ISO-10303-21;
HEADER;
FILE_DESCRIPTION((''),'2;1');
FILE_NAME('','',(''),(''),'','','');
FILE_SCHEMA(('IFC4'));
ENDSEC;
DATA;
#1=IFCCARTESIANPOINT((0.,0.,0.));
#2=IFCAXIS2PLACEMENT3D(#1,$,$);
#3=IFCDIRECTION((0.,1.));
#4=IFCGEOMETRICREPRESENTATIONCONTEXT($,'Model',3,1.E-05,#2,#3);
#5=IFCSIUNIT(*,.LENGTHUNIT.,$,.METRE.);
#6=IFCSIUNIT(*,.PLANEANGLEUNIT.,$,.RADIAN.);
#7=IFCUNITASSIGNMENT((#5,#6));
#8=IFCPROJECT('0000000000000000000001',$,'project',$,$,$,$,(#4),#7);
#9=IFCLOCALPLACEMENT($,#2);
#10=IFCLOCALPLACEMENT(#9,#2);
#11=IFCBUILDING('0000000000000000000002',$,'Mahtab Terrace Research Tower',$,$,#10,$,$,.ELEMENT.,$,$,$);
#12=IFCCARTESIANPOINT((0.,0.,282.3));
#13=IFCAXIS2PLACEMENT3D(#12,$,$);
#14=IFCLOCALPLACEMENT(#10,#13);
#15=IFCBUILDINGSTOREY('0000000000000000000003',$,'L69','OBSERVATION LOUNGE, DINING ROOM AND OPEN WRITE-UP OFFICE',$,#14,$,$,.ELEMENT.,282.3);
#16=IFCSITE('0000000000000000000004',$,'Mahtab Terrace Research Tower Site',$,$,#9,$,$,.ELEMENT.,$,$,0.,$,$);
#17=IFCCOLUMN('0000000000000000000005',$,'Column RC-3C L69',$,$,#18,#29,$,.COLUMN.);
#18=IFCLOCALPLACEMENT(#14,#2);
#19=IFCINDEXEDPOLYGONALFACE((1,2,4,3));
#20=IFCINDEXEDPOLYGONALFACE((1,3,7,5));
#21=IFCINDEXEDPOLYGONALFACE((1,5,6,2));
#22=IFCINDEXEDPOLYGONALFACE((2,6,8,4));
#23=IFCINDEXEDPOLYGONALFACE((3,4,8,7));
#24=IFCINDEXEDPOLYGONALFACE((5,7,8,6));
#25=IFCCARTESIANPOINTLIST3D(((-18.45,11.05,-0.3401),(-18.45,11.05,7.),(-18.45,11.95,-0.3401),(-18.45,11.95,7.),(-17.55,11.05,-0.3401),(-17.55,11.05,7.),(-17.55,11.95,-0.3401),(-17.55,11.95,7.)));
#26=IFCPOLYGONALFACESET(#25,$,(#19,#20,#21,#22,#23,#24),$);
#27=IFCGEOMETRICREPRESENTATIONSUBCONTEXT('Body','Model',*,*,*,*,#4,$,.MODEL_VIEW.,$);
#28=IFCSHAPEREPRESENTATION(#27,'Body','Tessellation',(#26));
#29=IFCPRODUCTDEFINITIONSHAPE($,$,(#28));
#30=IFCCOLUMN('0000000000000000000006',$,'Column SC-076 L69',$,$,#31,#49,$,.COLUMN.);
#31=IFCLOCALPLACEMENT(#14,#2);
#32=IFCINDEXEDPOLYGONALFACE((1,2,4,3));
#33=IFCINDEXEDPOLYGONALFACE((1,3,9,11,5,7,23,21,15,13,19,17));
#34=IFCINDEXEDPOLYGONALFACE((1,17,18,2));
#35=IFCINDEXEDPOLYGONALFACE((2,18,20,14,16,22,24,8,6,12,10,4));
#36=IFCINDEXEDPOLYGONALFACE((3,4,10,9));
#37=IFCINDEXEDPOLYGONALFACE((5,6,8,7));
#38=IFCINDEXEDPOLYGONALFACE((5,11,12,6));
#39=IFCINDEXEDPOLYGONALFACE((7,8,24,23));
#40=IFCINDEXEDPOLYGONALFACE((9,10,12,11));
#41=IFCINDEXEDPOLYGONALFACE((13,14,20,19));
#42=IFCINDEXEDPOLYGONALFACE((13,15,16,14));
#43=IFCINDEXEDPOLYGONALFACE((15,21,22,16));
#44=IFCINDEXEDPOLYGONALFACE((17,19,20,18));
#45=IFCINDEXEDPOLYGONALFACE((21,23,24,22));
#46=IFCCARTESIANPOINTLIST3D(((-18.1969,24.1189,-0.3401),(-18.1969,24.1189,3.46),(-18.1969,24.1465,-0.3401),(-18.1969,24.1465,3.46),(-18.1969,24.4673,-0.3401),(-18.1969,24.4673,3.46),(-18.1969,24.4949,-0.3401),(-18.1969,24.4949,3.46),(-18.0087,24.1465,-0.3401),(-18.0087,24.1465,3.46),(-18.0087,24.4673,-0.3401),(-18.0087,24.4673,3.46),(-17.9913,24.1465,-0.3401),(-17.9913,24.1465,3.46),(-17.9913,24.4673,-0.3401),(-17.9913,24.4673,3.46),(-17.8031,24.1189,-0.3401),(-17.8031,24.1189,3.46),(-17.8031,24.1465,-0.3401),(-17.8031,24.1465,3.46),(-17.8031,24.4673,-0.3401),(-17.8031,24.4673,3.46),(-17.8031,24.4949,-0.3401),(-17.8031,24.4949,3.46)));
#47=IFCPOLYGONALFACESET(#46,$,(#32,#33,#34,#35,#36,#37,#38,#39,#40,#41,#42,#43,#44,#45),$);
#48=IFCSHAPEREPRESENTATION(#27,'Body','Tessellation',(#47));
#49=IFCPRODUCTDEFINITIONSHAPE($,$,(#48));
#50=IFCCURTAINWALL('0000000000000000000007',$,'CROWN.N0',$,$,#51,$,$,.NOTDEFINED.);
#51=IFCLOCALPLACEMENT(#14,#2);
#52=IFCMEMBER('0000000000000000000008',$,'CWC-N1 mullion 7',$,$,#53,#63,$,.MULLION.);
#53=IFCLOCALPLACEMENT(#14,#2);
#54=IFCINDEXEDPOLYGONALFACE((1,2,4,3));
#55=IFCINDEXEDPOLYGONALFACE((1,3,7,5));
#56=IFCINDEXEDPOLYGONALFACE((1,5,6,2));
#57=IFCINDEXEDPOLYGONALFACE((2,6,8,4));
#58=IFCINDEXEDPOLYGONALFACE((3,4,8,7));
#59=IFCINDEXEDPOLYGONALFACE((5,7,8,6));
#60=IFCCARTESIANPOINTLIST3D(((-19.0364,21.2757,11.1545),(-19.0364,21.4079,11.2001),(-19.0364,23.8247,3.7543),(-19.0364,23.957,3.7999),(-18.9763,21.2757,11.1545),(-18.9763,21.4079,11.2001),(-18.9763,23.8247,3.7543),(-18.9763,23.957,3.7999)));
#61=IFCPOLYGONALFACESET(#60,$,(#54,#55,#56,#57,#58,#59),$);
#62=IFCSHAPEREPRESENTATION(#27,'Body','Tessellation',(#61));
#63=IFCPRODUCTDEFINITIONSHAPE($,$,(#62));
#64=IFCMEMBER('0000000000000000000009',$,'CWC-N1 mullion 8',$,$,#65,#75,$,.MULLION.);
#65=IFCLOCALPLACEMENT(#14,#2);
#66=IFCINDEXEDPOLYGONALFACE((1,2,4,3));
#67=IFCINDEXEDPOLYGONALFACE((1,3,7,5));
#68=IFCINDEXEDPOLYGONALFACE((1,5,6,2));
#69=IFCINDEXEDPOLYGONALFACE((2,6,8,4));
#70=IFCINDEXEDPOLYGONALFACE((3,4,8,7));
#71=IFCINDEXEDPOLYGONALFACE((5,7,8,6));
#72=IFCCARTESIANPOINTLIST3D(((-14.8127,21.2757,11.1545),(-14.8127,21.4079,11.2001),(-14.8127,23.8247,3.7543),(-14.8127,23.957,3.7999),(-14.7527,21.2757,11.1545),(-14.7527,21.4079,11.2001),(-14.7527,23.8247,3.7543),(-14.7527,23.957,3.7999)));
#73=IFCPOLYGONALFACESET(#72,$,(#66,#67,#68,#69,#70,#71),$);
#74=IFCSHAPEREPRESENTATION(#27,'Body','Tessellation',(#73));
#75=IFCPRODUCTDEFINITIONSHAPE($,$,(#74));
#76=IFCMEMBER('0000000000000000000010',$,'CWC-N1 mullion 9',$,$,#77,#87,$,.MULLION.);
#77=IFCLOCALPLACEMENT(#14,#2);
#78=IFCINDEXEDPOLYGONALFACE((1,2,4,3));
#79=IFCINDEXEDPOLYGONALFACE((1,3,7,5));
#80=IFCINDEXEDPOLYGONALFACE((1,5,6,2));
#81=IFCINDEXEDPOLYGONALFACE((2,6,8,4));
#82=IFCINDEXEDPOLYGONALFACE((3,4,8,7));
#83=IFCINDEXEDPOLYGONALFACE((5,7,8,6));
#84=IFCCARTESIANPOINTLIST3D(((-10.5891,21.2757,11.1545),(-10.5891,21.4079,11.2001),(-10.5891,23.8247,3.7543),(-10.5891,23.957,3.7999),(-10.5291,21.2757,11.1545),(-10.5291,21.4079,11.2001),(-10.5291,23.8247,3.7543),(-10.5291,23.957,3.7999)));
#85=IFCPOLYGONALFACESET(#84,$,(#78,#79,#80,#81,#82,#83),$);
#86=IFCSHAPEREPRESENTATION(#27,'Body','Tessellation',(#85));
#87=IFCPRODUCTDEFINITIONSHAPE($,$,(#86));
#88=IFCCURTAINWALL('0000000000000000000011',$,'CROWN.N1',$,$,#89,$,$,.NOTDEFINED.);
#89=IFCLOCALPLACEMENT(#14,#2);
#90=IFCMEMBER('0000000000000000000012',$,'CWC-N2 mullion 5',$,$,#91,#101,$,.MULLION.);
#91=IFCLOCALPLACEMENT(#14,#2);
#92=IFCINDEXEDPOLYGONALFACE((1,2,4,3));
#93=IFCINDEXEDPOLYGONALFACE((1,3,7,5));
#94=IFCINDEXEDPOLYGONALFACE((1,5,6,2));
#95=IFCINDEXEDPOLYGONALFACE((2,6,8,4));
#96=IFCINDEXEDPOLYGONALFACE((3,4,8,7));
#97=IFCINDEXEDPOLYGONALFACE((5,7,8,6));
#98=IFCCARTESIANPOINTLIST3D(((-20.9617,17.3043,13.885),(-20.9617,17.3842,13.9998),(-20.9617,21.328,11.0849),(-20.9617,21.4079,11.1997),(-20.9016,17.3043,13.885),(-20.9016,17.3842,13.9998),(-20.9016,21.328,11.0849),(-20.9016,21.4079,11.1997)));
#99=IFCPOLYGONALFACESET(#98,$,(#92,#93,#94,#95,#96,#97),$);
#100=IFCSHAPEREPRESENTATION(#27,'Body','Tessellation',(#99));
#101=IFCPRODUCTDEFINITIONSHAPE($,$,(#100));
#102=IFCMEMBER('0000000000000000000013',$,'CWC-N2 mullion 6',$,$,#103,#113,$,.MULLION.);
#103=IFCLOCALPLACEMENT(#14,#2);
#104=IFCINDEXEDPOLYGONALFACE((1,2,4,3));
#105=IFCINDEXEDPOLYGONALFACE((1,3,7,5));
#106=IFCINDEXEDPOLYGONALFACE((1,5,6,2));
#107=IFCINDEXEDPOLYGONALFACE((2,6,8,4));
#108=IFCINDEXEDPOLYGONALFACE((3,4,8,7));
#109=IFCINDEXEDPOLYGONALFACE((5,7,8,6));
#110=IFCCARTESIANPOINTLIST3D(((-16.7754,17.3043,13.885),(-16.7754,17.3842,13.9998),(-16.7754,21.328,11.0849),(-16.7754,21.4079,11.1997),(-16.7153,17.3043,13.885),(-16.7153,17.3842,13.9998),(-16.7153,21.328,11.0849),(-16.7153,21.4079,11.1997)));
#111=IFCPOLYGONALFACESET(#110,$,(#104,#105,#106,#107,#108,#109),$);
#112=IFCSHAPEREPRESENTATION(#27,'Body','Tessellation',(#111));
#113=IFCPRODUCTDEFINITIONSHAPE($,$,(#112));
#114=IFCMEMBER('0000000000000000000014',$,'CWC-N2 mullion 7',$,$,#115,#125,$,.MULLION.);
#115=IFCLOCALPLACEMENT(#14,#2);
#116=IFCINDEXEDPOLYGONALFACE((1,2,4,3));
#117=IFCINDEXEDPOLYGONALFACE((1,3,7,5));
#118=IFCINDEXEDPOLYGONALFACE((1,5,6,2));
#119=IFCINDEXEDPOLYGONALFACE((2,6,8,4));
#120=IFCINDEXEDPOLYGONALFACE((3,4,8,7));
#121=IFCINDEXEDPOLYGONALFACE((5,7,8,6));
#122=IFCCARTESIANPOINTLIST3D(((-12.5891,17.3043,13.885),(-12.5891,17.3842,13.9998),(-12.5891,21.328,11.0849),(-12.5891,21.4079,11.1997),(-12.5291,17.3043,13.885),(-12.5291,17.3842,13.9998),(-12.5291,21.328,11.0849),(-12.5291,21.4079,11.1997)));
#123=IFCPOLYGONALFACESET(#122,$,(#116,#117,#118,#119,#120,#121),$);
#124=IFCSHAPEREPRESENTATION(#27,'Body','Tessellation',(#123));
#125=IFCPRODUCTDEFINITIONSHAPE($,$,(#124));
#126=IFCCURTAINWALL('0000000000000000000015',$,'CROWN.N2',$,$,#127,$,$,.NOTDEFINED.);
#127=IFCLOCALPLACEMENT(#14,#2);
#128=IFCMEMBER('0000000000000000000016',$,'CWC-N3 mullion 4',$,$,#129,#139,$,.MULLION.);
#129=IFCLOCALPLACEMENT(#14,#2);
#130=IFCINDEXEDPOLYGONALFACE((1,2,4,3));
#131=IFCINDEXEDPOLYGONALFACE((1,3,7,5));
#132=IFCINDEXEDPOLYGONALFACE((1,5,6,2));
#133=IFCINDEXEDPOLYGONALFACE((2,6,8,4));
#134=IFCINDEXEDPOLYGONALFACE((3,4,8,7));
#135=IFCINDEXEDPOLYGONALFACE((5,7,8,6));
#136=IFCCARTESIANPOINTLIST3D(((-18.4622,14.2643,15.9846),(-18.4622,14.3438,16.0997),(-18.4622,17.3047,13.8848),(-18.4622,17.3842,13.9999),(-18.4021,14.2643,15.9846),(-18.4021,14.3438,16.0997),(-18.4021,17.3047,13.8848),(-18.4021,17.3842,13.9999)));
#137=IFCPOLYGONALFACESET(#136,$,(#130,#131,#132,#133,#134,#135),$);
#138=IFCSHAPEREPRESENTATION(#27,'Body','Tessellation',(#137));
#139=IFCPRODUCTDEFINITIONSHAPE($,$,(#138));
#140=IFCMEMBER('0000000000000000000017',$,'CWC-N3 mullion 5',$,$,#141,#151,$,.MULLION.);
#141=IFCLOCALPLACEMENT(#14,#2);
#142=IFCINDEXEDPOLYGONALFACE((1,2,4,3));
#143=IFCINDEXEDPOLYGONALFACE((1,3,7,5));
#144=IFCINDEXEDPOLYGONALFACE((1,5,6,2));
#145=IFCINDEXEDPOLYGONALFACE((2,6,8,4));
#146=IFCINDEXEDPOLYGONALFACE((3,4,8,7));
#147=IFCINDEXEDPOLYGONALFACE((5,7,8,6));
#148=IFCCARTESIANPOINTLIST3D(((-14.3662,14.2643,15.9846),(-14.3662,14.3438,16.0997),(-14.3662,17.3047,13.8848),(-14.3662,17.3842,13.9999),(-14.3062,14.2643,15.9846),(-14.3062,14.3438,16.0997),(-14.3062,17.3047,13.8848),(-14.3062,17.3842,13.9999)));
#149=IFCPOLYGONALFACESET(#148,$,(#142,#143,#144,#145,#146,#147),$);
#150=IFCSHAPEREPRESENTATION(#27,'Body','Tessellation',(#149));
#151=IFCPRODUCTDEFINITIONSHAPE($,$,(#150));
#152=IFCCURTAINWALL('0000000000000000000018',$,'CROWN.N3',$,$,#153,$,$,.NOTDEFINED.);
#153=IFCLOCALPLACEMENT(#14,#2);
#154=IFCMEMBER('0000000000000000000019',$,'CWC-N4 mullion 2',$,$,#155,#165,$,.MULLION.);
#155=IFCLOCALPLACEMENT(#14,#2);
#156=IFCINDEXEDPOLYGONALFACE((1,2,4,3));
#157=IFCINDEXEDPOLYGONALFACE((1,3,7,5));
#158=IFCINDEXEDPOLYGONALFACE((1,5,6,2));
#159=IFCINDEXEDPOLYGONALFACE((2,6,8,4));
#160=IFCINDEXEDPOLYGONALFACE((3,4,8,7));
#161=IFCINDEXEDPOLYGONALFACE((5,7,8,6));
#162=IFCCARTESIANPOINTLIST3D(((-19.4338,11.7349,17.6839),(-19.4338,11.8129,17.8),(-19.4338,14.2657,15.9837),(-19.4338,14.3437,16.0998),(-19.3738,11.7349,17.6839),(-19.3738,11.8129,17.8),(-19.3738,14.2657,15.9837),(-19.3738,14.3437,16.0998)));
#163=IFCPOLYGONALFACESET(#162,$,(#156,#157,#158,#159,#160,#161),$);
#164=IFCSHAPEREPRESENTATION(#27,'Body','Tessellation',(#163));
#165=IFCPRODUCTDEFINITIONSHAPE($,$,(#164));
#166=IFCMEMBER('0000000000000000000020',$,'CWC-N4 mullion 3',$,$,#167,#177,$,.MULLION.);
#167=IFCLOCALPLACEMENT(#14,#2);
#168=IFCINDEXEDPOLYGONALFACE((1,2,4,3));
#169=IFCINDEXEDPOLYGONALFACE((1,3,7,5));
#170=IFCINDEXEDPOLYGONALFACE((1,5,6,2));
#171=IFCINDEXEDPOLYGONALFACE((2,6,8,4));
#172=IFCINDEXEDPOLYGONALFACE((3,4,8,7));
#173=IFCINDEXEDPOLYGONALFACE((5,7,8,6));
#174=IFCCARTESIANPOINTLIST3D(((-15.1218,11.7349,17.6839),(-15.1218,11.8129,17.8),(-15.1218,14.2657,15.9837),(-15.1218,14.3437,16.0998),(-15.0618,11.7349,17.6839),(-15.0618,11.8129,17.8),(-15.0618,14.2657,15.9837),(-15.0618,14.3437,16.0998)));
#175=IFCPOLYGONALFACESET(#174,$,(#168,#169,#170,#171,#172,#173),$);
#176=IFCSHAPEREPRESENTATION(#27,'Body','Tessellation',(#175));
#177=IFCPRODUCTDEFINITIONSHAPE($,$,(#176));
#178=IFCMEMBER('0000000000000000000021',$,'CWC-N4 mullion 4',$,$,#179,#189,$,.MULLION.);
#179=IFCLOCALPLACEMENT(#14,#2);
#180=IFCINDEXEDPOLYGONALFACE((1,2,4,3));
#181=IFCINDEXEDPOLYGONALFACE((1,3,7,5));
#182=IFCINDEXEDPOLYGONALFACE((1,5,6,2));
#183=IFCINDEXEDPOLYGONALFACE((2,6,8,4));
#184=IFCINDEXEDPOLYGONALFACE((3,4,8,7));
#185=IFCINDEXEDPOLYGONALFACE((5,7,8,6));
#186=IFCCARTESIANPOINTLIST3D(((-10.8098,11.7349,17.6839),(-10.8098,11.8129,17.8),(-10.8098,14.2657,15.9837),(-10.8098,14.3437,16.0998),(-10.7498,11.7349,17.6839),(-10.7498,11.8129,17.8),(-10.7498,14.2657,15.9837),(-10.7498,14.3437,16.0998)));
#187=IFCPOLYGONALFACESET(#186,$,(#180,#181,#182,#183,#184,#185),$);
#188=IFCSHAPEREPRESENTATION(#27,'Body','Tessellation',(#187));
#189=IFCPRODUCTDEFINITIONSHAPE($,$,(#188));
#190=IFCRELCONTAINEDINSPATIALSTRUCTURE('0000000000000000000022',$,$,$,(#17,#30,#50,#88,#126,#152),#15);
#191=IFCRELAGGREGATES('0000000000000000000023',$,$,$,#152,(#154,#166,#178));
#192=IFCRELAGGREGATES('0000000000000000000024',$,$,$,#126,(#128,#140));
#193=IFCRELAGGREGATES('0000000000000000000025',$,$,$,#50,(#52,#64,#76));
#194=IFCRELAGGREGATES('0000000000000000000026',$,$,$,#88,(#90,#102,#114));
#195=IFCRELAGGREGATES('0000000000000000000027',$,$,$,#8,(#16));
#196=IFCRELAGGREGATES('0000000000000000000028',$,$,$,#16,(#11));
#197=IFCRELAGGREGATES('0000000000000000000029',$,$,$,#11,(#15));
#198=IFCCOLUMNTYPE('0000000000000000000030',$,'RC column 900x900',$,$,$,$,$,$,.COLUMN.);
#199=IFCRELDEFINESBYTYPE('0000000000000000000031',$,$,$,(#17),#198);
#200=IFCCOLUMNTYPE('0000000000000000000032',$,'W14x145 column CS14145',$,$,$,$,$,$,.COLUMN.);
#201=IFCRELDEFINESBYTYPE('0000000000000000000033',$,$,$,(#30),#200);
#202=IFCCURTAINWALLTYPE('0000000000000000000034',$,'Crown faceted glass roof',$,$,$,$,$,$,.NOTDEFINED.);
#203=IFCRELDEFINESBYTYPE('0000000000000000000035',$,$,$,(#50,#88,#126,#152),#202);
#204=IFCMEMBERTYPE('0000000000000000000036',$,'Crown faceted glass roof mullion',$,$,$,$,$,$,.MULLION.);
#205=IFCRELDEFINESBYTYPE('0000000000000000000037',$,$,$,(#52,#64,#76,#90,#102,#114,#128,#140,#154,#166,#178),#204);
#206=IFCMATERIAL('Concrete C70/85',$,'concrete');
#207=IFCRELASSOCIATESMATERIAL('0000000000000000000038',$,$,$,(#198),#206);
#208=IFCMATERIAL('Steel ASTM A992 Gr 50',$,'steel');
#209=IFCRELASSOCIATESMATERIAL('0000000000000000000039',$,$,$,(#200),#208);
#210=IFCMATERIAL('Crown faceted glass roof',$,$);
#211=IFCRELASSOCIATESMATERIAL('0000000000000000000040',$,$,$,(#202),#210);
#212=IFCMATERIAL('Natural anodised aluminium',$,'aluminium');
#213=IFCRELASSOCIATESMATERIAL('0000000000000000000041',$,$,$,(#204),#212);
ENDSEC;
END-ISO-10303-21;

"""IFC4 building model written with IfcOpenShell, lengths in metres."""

from ifc_helpers import new_model, si_unit, direction, frame, origin, origin_2d, place, context, subcontext, project, spatial, rectangle, i_section, extrude, material, material_profile, profile_set, type_object, element, aggregate, save


model = new_model("IFC4")

# Units and contexts
model_context = context("Model", 3, precision=1e-05, world=origin(), true_north=direction((0.0, 1.0)))
body_context = subcontext(model_context, "Body", "Model", "MODEL_VIEW")
ifc_project = project(units=[si_unit("LENGTHUNIT", "METRE"), si_unit("PLANEANGLEUNIT", "RADIAN")], contexts=[model_context])

# Site, building, storey
site_placement = place(None, origin())
site = spatial("IfcSite", under=ifc_project, at=site_placement, Name="Mahtab Terrace Research Tower Site", CompositionType="ELEMENT", RefElevation=0.0)
building_placement = place(site_placement, origin())
building = spatial("IfcBuilding", under=site, at=building_placement, Name="Mahtab Terrace Research Tower", CompositionType="ELEMENT")
storey_placement = place(building_placement, frame((0.0, 0.0, 282.3)))
storey = spatial("IfcBuildingStorey", under=building, at=storey_placement, Name="L69", Description="OBSERVATION LOUNGE, DINING ROOM AND OPEN WRITE-UP OFFICE", CompositionType="ELEMENT", Elevation=282.3)

# Columns
ifc_material_1 = material(Name="Concrete C70/85", Category="concrete")
ifc_material_profile_1 = material_profile(ifc_material_1, rectangle(XDim=0.8999, YDim=0.8999, at=origin_2d()), Name="RC column 900x900")
ifc_profile_set_1 = profile_set([ifc_material_profile_1], Name="Concrete C70/85")
column_type_1 = type_object("IfcColumnType", Name="RC column 900x900", PredefinedType="COLUMN", material=ifc_profile_set_1)
column_1_placement = place(storey_placement, frame((-18.0, 11.5, -0.3401), z_axis=(0.0, 0.0, 1.0), x_axis=(1.0, 0.0, 0.0)))
element("IfcColumn", 1, at=column_1_placement, inside=storey, type_object=column_type_1, Name="Column RC-3C L69", PredefinedType="COLUMN", context=body_context, shape_type="SweptSolid", body=[
    extrude(rectangle(XDim=0.8999, YDim=0.8999, at=origin_2d()), origin(), (0.0, 0.0, 1.0), 7.3401),
])
ifc_material_2 = material(Name="Steel ASTM A992 Gr 50", Category="steel")
ifc_material_profile_2 = material_profile(ifc_material_2, i_section(OverallWidth=0.3938, OverallDepth=0.376, WebThickness=0.0173, FlangeThickness=0.0276, at=origin_2d()), Name="W14X145")
ifc_profile_set_2 = profile_set([ifc_material_profile_2], Name="Steel ASTM A992 Gr 50")
column_type_2 = type_object("IfcColumnType", Name="W14x145 column CS14145", PredefinedType="COLUMN", material=ifc_profile_set_2)
column_2_placement = place(storey_placement, frame((-18.0, 24.3069, -0.3401), z_axis=(0.0, 0.0, 1.0), x_axis=(1.0, 0.0, 0.0)))
element("IfcColumn", 2, at=column_2_placement, inside=storey, type_object=column_type_2, Name="Column SC-076 L69", PredefinedType="COLUMN", context=body_context, shape_type="SweptSolid", body=[
    extrude(i_section(OverallWidth=0.3938, OverallDepth=0.376, WebThickness=0.0173, FlangeThickness=0.0276, at=origin_2d()), origin(), (0.0, 0.0, 1.0), 3.8),
])

# Curtain walls, members
ifc_material_3 = material(Name="Crown faceted glass roof")
curtain_wall_type_1 = type_object("IfcCurtainWallType", Name="Crown faceted glass roof", PredefinedType="NOTDEFINED", material=ifc_material_3)
curtain_wall_1_placement = place(storey_placement, origin())
curtain_wall_1 = element("IfcCurtainWall", 3, at=curtain_wall_1_placement, inside=storey, type_object=curtain_wall_type_1, Name="CROWN.N0", PredefinedType="NOTDEFINED")
ifc_material_4 = material(Name="Natural anodised aluminium", Category="aluminium")
ifc_material_profile_3 = material_profile(ifc_material_4, rectangle(XDim=0.0601, YDim=0.1399, at=origin_2d()), Name="MULLION 60x140")
ifc_profile_set_3 = profile_set([ifc_material_profile_3], Name="Natural anodised aluminium")
member_type_1 = type_object("IfcMemberType", Name="Crown faceted glass roof mullion", PredefinedType="MULLION", material=ifc_profile_set_3)
member_1_placement = place(storey_placement, frame((-19.0063, 23.8909, 3.7771), z_axis=(0.0, -0.325682, 0.945479), x_axis=(1.0, 0.0, 0.0)))
member_1 = element("IfcMember", 4, at=member_1_placement, type_object=member_type_1, Name="CWC-N1 mullion 7", PredefinedType="MULLION", context=body_context, shape_type="SweptSolid", body=[
    extrude(rectangle(XDim=0.0601, YDim=0.1399, at=origin_2d()), origin(), (0.0, 0.0, 1.0), 7.8269),
])
member_2_placement = place(storey_placement, frame((-14.7827, 23.8909, 3.7771), z_axis=(0.0, -0.325682, 0.945479), x_axis=(1.0, 0.0, 0.0)))
member_2 = element("IfcMember", 5, at=member_2_placement, type_object=member_type_1, Name="CWC-N1 mullion 8", PredefinedType="MULLION", context=body_context, shape_type="SweptSolid", body=[
    extrude(rectangle(XDim=0.0601, YDim=0.1399, at=origin_2d()), origin(), (0.0, 0.0, 1.0), 7.8269),
])
member_3_placement = place(storey_placement, frame((-10.5591, 23.8909, 3.7771), z_axis=(0.0, -0.325682, 0.945479), x_axis=(1.0, 0.0, 0.0)))
member_3 = element("IfcMember", 6, at=member_3_placement, type_object=member_type_1, Name="CWC-N1 mullion 9", PredefinedType="MULLION", context=body_context, shape_type="SweptSolid", body=[
    extrude(rectangle(XDim=0.0601, YDim=0.1399, at=origin_2d()), origin(), (0.0, 0.0, 1.0), 7.8269),
])
curtain_wall_2_placement = place(storey_placement, origin())
curtain_wall_2 = element("IfcCurtainWall", 7, at=curtain_wall_2_placement, inside=storey, type_object=curtain_wall_type_1, Name="CROWN.N1", PredefinedType="NOTDEFINED")
member_4_placement = place(storey_placement, frame((-20.9316, 21.3679, 11.1423), z_axis=(0.0, -0.820813, 0.571197), x_axis=(1.0, 0.0, 0.0)))
member_4 = element("IfcMember", 8, at=member_4_placement, type_object=member_type_1, Name="CWC-N2 mullion 5", PredefinedType="MULLION", context=body_context, shape_type="SweptSolid", body=[
    extrude(rectangle(XDim=0.0601, YDim=0.1399, at=origin_2d()), origin(), (0.0, 0.0, 1.0), 4.9021),
])
member_5_placement = place(storey_placement, frame((-16.7454, 21.3679, 11.1423), z_axis=(0.0, -0.820813, 0.571197), x_axis=(1.0, 0.0, 0.0)))
member_5 = element("IfcMember", 9, at=member_5_placement, type_object=member_type_1, Name="CWC-N2 mullion 6", PredefinedType="MULLION", context=body_context, shape_type="SweptSolid", body=[
    extrude(rectangle(XDim=0.0601, YDim=0.1399, at=origin_2d()), origin(), (0.0, 0.0, 1.0), 4.9021),
])
member_6_placement = place(storey_placement, frame((-12.5591, 21.3679, 11.1423), z_axis=(0.0, -0.820813, 0.571197), x_axis=(1.0, 0.0, 0.0)))
member_6 = element("IfcMember", 10, at=member_6_placement, type_object=member_type_1, Name="CWC-N2 mullion 7", PredefinedType="MULLION", context=body_context, shape_type="SweptSolid", body=[
    extrude(rectangle(XDim=0.0601, YDim=0.1399, at=origin_2d()), origin(), (0.0, 0.0, 1.0), 4.9021),
])
curtain_wall_3_placement = place(storey_placement, origin())
curtain_wall_3 = element("IfcCurtainWall", 11, at=curtain_wall_3_placement, inside=storey, type_object=curtain_wall_type_1, Name="CROWN.N2", PredefinedType="NOTDEFINED")
member_7_placement = place(storey_placement, frame((-18.4321, 17.3445, 13.9424), z_axis=(0.0, -0.822841, 0.568272), x_axis=(1.0, 0.0, 0.0)))
member_7 = element("IfcMember", 12, at=member_7_placement, type_object=member_type_1, Name="CWC-N3 mullion 4", PredefinedType="MULLION", context=body_context, shape_type="SweptSolid", body=[
    extrude(rectangle(XDim=0.0601, YDim=0.1399, at=origin_2d()), origin(), (0.0, 0.0, 1.0), 3.6951),
])
member_8_placement = place(storey_placement, frame((-14.3362, 17.3445, 13.9424), z_axis=(0.0, -0.822841, 0.568272), x_axis=(1.0, 0.0, 0.0)))
member_8 = element("IfcMember", 13, at=member_8_placement, type_object=member_type_1, Name="CWC-N3 mullion 5", PredefinedType="MULLION", context=body_context, shape_type="SweptSolid", body=[
    extrude(rectangle(XDim=0.0601, YDim=0.1399, at=origin_2d()), origin(), (0.0, 0.0, 1.0), 3.6951),
])
curtain_wall_4_placement = place(storey_placement, origin())
curtain_wall_4 = element("IfcCurtainWall", 14, at=curtain_wall_4_placement, inside=storey, type_object=curtain_wall_type_1, Name="CROWN.N3", PredefinedType="NOTDEFINED")
member_9_placement = place(storey_placement, frame((-19.4038, 14.3047, 16.0417), z_axis=(0.0, -0.830074, 0.557653), x_axis=(1.0, 0.0, 0.0)))
member_9 = element("IfcMember", 15, at=member_9_placement, type_object=member_type_1, Name="CWC-N4 mullion 2", PredefinedType="MULLION", context=body_context, shape_type="SweptSolid", body=[
    extrude(rectangle(XDim=0.0601, YDim=0.1399, at=origin_2d()), origin(), (0.0, 0.0, 1.0), 3.0488),
])
member_10_placement = place(storey_placement, frame((-15.0918, 14.3047, 16.0417), z_axis=(0.0, -0.830074, 0.557653), x_axis=(1.0, 0.0, 0.0)))
member_10 = element("IfcMember", 16, at=member_10_placement, type_object=member_type_1, Name="CWC-N4 mullion 3", PredefinedType="MULLION", context=body_context, shape_type="SweptSolid", body=[
    extrude(rectangle(XDim=0.0601, YDim=0.1399, at=origin_2d()), origin(), (0.0, 0.0, 1.0), 3.0488),
])
member_11_placement = place(storey_placement, frame((-10.7798, 14.3047, 16.0417), z_axis=(0.0, -0.830074, 0.557653), x_axis=(1.0, 0.0, 0.0)))
member_11 = element("IfcMember", 17, at=member_11_placement, type_object=member_type_1, Name="CWC-N4 mullion 4", PredefinedType="MULLION", context=body_context, shape_type="SweptSolid", body=[
    extrude(rectangle(XDim=0.0601, YDim=0.1399, at=origin_2d()), origin(), (0.0, 0.0, 1.0), 3.0488),
])
aggregate(curtain_wall_4, [member_9, member_10, member_11])

aggregate(curtain_wall_3, [member_7, member_8])

aggregate(curtain_wall_1, [member_1, member_2, member_3])
aggregate(curtain_wall_2, [member_4, member_5, member_6])

save(model, "model.ifc")
